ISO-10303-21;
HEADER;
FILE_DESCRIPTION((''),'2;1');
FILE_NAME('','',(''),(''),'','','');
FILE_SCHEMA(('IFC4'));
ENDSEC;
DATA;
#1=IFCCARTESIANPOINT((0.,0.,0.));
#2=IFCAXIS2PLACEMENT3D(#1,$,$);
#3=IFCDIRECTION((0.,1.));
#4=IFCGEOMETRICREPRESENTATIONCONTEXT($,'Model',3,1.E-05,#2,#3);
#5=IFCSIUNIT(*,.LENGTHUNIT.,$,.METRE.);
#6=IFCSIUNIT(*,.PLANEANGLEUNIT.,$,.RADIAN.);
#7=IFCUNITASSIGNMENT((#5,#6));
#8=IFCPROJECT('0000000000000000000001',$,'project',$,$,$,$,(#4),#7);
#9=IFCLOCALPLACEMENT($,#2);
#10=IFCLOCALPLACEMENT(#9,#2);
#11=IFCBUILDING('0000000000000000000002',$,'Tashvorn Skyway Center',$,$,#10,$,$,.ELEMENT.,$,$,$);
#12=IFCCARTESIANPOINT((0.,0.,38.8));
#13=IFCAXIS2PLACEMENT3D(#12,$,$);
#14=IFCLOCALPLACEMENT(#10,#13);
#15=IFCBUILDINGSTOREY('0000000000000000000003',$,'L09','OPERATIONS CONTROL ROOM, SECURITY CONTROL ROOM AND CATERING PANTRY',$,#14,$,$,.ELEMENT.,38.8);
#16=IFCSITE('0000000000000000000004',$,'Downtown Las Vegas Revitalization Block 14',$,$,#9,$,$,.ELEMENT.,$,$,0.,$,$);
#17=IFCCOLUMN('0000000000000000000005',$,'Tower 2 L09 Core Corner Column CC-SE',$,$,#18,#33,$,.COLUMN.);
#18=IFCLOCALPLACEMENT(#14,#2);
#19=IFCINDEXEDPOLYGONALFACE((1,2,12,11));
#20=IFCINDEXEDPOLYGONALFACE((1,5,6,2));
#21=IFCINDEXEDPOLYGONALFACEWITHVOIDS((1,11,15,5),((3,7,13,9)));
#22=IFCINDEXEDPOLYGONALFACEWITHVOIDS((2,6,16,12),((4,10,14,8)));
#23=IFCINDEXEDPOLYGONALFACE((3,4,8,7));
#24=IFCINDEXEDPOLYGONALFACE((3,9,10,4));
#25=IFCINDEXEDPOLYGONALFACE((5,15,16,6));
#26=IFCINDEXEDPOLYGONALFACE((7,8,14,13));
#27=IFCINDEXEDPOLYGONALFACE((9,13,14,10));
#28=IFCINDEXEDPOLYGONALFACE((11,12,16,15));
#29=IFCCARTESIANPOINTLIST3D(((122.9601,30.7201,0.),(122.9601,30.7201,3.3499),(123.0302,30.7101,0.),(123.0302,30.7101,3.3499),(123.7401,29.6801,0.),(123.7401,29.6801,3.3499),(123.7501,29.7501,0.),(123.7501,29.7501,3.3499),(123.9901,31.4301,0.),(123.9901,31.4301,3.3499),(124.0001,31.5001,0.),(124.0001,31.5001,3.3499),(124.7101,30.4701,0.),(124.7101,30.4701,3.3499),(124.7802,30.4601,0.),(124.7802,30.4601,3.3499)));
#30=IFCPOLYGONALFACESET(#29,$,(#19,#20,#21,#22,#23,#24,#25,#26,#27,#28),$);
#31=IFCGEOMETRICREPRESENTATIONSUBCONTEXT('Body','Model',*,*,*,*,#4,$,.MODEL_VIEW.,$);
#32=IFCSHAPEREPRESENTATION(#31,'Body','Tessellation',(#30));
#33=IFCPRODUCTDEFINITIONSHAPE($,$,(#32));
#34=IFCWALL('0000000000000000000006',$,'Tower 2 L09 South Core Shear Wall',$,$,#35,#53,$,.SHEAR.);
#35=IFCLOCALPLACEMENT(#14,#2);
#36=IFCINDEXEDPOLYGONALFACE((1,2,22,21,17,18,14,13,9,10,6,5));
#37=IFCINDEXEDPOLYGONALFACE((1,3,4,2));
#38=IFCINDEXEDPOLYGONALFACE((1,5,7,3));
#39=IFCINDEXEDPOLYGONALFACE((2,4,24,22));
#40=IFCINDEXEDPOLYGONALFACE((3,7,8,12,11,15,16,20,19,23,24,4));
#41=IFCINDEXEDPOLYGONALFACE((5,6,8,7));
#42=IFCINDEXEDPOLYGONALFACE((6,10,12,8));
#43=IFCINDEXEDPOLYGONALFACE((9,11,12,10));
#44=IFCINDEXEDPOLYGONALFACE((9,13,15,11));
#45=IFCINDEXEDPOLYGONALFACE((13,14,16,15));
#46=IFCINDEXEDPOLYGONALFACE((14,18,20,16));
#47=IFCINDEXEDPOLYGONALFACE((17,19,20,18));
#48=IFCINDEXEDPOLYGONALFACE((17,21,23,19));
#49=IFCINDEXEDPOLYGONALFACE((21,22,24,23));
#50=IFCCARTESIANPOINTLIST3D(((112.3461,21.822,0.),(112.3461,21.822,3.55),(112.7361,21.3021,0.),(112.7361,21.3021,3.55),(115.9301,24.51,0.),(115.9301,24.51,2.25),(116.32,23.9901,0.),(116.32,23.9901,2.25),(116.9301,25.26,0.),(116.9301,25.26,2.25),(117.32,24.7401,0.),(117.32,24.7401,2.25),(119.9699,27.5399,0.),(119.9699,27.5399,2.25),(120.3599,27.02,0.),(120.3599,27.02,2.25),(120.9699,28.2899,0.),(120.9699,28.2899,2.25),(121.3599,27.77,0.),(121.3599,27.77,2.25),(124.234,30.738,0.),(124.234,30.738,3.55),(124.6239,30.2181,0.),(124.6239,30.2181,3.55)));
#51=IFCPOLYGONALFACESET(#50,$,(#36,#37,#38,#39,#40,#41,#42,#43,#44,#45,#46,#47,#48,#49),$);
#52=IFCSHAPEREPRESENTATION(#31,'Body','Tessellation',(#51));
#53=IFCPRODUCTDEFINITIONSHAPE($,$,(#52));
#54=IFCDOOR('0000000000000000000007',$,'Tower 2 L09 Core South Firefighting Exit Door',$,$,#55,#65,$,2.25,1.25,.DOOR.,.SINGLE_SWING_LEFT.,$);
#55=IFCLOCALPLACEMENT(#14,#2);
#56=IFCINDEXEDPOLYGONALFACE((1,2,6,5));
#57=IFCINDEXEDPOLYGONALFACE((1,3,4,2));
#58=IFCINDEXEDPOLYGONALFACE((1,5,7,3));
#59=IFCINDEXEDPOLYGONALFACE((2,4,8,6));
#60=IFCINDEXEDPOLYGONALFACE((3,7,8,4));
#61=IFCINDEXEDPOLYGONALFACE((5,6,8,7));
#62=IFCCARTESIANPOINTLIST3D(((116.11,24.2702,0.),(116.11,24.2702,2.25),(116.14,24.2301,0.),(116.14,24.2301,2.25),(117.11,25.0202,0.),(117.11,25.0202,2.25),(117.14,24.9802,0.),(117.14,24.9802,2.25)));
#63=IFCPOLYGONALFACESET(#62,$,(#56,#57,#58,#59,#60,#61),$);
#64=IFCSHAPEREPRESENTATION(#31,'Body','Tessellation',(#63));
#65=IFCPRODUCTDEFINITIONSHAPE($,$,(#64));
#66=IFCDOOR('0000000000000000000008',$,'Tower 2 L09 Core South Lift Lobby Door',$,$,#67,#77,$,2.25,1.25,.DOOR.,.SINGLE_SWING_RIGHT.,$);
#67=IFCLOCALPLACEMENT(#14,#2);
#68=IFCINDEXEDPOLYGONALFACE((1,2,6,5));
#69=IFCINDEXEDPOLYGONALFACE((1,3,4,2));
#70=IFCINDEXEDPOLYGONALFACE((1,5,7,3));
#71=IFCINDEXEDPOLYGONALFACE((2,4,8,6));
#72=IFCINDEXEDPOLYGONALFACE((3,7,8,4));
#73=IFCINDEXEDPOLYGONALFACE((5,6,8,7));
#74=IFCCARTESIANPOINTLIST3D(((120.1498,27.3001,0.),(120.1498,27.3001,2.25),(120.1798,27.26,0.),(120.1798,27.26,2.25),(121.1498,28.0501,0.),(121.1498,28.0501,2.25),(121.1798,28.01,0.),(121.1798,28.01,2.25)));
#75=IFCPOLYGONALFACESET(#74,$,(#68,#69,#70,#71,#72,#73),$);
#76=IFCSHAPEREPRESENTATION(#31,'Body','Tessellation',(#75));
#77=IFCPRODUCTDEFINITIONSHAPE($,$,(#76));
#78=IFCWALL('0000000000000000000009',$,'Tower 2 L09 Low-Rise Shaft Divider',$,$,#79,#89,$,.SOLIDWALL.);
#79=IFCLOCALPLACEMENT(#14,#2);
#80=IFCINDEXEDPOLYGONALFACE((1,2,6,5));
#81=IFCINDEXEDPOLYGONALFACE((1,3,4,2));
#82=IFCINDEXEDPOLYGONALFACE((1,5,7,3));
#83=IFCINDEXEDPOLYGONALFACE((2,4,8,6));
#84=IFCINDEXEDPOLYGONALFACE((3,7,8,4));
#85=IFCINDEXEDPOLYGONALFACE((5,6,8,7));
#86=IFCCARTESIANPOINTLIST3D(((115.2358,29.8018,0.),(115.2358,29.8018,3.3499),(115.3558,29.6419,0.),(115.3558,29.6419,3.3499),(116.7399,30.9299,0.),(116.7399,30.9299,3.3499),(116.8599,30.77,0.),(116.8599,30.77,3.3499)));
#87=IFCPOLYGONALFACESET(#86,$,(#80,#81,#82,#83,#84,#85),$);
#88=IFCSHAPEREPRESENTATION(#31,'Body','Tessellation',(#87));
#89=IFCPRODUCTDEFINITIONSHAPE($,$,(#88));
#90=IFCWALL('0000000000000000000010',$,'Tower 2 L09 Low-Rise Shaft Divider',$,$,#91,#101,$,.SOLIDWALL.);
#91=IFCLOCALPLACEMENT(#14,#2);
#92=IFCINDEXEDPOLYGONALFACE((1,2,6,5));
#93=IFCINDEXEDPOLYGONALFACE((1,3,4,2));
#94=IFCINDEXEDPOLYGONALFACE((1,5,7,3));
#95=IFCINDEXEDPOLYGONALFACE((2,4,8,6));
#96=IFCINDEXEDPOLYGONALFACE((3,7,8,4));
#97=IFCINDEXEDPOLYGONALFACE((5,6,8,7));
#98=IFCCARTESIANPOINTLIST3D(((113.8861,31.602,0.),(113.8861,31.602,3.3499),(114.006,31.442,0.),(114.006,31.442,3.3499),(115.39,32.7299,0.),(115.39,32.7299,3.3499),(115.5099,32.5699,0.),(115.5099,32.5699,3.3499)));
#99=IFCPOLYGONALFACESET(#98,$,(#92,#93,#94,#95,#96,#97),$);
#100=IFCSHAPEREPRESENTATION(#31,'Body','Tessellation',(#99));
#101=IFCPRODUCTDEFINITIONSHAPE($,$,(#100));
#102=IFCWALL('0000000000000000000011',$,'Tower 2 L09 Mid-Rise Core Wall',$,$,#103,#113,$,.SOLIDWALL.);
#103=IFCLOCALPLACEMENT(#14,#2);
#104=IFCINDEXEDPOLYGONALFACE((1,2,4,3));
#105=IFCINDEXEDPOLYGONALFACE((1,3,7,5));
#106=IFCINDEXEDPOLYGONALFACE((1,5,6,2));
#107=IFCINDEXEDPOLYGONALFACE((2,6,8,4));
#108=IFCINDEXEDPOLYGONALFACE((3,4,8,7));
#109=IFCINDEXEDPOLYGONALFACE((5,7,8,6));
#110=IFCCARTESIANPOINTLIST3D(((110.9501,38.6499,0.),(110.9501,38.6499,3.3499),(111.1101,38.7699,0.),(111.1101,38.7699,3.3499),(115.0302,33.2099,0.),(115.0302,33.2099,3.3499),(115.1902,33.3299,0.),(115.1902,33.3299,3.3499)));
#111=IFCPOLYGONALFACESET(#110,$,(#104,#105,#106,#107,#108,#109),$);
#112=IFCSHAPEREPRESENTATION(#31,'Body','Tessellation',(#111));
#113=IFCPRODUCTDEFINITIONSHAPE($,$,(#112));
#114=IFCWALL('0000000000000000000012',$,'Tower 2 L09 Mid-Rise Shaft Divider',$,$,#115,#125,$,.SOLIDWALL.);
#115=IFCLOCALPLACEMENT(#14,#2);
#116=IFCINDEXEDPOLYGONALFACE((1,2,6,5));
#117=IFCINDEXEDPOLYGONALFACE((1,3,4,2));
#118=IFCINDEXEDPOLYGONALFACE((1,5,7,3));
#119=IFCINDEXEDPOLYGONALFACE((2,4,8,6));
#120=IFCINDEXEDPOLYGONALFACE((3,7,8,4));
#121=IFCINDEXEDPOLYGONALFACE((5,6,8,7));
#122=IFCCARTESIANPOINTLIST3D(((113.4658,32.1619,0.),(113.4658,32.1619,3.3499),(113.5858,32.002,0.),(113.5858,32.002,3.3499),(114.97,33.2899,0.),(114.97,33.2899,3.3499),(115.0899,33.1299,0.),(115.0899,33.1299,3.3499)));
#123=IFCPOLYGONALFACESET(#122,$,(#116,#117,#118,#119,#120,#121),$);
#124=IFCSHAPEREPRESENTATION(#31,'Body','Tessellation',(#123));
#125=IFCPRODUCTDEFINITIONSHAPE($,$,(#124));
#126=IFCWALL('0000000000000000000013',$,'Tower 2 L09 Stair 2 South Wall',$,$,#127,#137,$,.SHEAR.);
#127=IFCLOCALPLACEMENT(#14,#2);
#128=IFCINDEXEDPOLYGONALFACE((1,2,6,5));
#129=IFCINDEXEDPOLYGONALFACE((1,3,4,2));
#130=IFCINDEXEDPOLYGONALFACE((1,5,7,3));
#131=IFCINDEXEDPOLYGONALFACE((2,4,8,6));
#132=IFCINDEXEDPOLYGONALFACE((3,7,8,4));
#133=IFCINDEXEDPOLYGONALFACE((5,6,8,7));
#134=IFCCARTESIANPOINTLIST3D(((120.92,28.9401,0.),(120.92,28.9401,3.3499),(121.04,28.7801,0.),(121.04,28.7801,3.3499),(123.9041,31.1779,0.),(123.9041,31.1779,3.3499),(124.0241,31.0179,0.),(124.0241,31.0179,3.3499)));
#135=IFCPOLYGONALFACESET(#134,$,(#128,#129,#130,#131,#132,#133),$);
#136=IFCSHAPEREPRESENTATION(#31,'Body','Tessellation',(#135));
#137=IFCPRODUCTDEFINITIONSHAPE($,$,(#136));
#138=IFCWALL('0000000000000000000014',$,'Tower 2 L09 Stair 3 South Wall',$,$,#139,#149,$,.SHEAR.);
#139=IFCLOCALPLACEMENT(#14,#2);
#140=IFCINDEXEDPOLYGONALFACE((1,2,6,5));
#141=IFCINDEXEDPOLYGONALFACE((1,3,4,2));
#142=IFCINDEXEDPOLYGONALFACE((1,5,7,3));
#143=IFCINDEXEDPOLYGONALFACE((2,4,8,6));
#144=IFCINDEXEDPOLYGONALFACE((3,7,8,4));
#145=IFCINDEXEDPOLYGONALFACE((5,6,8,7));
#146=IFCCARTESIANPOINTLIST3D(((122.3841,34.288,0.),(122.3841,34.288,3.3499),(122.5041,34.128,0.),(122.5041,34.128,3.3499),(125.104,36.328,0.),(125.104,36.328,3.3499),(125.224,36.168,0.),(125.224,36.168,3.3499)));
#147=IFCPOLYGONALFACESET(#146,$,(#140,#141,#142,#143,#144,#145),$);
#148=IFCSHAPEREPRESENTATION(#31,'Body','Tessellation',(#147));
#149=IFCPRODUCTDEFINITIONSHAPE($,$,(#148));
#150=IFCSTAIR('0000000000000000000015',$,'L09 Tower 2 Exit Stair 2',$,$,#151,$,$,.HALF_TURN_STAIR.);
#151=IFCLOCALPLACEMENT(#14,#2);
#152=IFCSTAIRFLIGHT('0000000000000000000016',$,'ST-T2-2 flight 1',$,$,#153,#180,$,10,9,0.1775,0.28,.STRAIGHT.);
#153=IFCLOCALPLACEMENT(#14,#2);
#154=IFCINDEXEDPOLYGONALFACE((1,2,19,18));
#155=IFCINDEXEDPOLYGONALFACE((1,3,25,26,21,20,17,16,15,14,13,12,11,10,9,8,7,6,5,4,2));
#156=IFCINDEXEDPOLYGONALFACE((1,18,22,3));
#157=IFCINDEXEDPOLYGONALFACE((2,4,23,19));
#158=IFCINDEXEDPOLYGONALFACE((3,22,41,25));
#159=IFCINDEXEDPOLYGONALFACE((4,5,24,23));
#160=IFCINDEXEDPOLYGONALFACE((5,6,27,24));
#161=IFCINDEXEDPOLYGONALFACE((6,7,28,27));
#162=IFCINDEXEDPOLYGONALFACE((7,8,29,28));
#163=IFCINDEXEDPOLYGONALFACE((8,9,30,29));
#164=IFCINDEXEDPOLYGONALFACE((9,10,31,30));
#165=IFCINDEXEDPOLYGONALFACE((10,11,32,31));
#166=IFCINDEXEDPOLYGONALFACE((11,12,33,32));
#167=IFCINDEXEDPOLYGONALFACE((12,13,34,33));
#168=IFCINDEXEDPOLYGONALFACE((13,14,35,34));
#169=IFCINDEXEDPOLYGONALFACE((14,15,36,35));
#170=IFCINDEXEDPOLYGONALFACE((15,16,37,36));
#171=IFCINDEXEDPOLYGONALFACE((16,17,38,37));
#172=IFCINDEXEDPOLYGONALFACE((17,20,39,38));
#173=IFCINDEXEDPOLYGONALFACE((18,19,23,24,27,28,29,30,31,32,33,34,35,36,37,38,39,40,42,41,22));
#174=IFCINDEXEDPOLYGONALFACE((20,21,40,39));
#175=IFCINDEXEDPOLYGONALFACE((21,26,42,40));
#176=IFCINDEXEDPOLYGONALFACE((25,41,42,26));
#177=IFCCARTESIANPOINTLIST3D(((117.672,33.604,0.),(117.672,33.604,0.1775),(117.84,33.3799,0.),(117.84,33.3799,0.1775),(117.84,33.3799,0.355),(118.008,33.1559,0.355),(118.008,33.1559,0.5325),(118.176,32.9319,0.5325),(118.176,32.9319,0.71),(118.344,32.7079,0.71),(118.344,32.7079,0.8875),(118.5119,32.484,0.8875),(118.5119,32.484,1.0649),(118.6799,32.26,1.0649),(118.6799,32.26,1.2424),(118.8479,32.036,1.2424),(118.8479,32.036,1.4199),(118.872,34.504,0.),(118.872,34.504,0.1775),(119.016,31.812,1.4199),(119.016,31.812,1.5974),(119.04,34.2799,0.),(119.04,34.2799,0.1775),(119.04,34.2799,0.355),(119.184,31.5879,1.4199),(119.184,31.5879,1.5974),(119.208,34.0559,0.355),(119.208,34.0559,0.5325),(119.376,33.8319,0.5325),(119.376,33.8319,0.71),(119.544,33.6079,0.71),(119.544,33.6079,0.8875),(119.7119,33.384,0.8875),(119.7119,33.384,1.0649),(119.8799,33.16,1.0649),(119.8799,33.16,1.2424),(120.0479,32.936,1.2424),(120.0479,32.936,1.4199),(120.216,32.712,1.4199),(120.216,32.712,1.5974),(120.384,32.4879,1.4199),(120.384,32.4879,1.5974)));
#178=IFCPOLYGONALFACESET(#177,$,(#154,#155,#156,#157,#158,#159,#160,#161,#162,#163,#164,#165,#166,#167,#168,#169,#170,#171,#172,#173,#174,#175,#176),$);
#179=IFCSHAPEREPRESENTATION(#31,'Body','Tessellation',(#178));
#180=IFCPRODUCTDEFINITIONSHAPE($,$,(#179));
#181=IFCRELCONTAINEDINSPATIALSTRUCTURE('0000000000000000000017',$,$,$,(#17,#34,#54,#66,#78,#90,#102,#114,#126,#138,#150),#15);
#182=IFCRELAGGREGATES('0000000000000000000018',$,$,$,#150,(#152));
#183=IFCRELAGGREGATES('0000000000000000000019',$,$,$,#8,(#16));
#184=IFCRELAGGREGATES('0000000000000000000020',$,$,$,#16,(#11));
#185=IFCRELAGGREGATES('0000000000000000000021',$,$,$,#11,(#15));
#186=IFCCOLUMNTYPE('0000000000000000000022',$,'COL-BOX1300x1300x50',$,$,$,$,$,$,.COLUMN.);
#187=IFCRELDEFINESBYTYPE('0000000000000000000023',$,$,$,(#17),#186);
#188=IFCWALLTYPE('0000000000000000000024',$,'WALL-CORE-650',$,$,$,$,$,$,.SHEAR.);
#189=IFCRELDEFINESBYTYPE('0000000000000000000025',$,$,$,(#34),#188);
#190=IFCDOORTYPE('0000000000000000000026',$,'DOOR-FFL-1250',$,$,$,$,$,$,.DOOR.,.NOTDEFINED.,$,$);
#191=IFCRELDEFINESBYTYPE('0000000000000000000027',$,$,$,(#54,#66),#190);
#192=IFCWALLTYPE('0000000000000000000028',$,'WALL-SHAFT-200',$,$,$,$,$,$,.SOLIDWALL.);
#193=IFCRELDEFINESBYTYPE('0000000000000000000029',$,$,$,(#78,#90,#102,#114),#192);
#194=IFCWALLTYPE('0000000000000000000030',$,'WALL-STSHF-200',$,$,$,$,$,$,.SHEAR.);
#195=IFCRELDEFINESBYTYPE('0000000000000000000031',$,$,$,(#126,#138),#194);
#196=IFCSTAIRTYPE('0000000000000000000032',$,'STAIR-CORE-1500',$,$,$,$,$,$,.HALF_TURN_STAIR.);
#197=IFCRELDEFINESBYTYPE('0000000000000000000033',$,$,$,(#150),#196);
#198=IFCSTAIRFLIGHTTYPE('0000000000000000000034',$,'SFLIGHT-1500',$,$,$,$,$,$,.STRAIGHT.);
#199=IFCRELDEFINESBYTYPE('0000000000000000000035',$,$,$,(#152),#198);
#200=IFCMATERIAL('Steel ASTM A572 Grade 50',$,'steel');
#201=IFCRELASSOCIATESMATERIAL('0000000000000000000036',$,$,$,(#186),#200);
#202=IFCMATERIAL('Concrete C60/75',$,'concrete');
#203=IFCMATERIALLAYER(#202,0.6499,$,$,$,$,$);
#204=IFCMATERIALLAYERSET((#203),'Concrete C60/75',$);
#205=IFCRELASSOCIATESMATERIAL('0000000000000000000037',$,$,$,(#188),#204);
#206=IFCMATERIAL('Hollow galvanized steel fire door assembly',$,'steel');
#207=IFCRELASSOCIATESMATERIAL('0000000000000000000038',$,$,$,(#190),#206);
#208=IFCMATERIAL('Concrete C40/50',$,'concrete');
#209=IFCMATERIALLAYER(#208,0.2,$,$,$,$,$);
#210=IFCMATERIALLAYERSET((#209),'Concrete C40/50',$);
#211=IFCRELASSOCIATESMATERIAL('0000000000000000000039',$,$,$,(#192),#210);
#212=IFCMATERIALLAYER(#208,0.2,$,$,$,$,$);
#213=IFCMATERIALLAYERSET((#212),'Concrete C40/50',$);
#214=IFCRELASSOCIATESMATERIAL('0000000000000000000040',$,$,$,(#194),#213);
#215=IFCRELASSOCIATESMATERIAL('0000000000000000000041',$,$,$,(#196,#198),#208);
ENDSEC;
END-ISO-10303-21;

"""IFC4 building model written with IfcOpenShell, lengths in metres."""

from ifc_helpers import new_model, si_unit, direction, frame, frame_2d, origin, origin_2d, place, context, subcontext, project, spatial, polyline, rectangle, hollow_rectangle, outline, extrude, material, layer, layer_set, material_profile, profile_set, type_object, element, fill, aggregate, save


model = new_model("IFC4")

# Units and contexts
model_context = context("Model", 3, precision=1e-05, world=origin(), true_north=direction((0.0, 1.0)))
body_context = subcontext(model_context, "Body", "Model", "MODEL_VIEW")
ifc_project = project(units=[si_unit("LENGTHUNIT", "METRE"), si_unit("PLANEANGLEUNIT", "RADIAN")], contexts=[model_context])

# Site, building, storey
site_placement = place(None, origin())
site = spatial("IfcSite", under=ifc_project, at=site_placement, Name="Downtown Las Vegas Revitalization Block 14", CompositionType="ELEMENT", RefElevation=0.0)
building_placement = place(site_placement, origin())
building = spatial("IfcBuilding", under=site, at=building_placement, Name="Tashvorn Skyway Center", CompositionType="ELEMENT")
storey_placement = place(building_placement, frame((0.0, 0.0, 38.8)))
storey = spatial("IfcBuildingStorey", under=building, at=storey_placement, Name="L09", Description="OPERATIONS CONTROL ROOM, SECURITY CONTROL ROOM AND CATERING PANTRY", CompositionType="ELEMENT", Elevation=38.8)

# Column
ifc_material_1 = material(Name="Steel ASTM A572 Grade 50", Category="steel")
ifc_material_profile = material_profile(ifc_material_1, hollow_rectangle(XDim=1.3, YDim=1.3, WallThickness=0.05, at=origin_2d()), Name="BOX1300x1300x50")
ifc_profile_set = profile_set([ifc_material_profile], Name="Steel ASTM A572 Grade 50")
column_type = type_object("IfcColumnType", Name="COL-BOX1300x1300x50", PredefinedType="COLUMN", material=ifc_profile_set)
column_placement = place(storey_placement, frame((123.8701, 30.5901, 0.0), z_axis=(0.0, 0.0, 1.0), x_axis=(0.8, 0.6, 0.0)))
element("IfcColumn", 1, at=column_placement, inside=storey, type_object=column_type, Name="Tower 2 L09 Core Corner Column CC-SE", PredefinedType="COLUMN", context=body_context, shape_type="SweptSolid", body=[
    extrude(hollow_rectangle(XDim=1.3, YDim=1.3, WallThickness=0.05, at=origin_2d()), origin(), (0.0, 0.0, 1.0), 3.3499),
])

# Wall, openings, doors
ifc_material_2 = material(Name="Concrete C60/75", Category="concrete")
ifc_layer_1 = layer(ifc_material_2, 0.6499)
ifc_layer_set_1 = layer_set([ifc_layer_1], Name="Concrete C60/75")
wall_type_1 = type_object("IfcWallType", Name="WALL-CORE-650", PredefinedType="SHEAR", material=ifc_layer_set_1)
wall_1_placement = place(storey_placement, frame((124.429, 30.478, 0.0), z_axis=(0.0, 0.0, 1.0), x_axis=(-0.799998, -0.600003, 0.0)))
wall_1 = element("IfcWall", 2, at=wall_1_placement, inside=storey, type_object=wall_type_1, Name="Tower 2 L09 South Core Shear Wall", PredefinedType="SHEAR", context=body_context, shape_type="SweptSolid", body=[
    extrude(rectangle(XDim=14.8599, YDim=0.6499, at=frame_2d((7.4299, 0.0))), origin(), (0.0, 0.0, 1.0), 3.55),
])
opening_1_placement = place(wall_1_placement, frame((9.1299, 0.0, 0.0)))
opening_1 = element("IfcOpeningElement", 3, at=opening_1_placement, cuts=wall_1, PredefinedType="OPENING", context=body_context, shape_type="SweptSolid", body=[
    extrude(rectangle(XDim=1.25, YDim=2.25, at=frame_2d((0.625, 1.125))), frame((0.0, 0.335, 0.0), z_axis=(0.0, -1.0, 0.0), x_axis=(1.0, 0.0, 0.0)), (0.0, 0.0, 1.0), 0.6699),
])
opening_2_placement = place(wall_1_placement, frame((4.0801, 0.0, 0.0)))
opening_2 = element("IfcOpeningElement", 4, at=opening_2_placement, cuts=wall_1, PredefinedType="OPENING", context=body_context, shape_type="SweptSolid", body=[
    extrude(rectangle(XDim=1.25, YDim=2.25, at=frame_2d((0.625, 1.125))), frame((0.0, 0.335, 0.0), z_axis=(0.0, -1.0, 0.0), x_axis=(1.0, 0.0, 0.0)), (0.0, 0.0, 1.0), 0.6699),
])
ifc_material_3 = material(Name="Hollow galvanized steel fire door assembly", Category="steel")
door_type = type_object("IfcDoorType", Name="DOOR-FFL-1250", OperationType="NOTDEFINED", PredefinedType="DOOR", material=ifc_material_3)
door_1_placement = place(opening_1_placement, origin())
door_1 = element("IfcDoor", 5, at=door_1_placement, inside=storey, type_object=door_type, Name="Tower 2 L09 Core South Firefighting Exit Door", OperationType="SINGLE_SWING_LEFT", OverallHeight=2.25, OverallWidth=1.25, PredefinedType="DOOR", context=body_context, shape_type="SweptSolid", body=[
    extrude(rectangle(XDim=1.25, YDim=2.25, at=frame_2d((0.625, 1.125))), frame((0.0, 0.0249, 0.0), z_axis=(0.0, -1.0, 0.0), x_axis=(1.0, 0.0, 0.0)), (0.0, 0.0, 1.0), 0.05),
])
fill(opening_1, door_1)
door_2_placement = place(opening_2_placement, origin())
door_2 = element("IfcDoor", 6, at=door_2_placement, inside=storey, type_object=door_type, Name="Tower 2 L09 Core South Lift Lobby Door", OperationType="SINGLE_SWING_RIGHT", OverallHeight=2.25, OverallWidth=1.25, PredefinedType="DOOR", context=body_context, shape_type="SweptSolid", body=[
    extrude(rectangle(XDim=1.25, YDim=2.25, at=frame_2d((0.625, 1.125))), frame((0.0, 0.0249, 0.0), z_axis=(0.0, -1.0, 0.0), x_axis=(1.0, 0.0, 0.0)), (0.0, 0.0, 1.0), 0.05),
])
fill(opening_2, door_2)

# Walls
ifc_material_4 = material(Name="Concrete C40/50", Category="concrete")
ifc_layer_2 = layer(ifc_material_4, 0.2)
ifc_layer_set_2 = layer_set([ifc_layer_2], Name="Concrete C40/50")
wall_type_2 = type_object("IfcWallType", Name="WALL-SHAFT-200", PredefinedType="SOLIDWALL", material=ifc_layer_set_2)
wall_2_placement = place(storey_placement, frame((115.2959, 29.7219, 0.0), z_axis=(0.0, 0.0, 1.0), x_axis=(0.799984, 0.600021, 0.0)))
element("IfcWall", 7, at=wall_2_placement, inside=storey, type_object=wall_type_2, Name="Tower 2 L09 Low-Rise Shaft Divider", PredefinedType="SOLIDWALL", context=body_context, shape_type="SweptSolid", body=[
    extrude(rectangle(XDim=1.8801, YDim=0.2, at=frame_2d((0.9399, 0.0))), origin(), (0.0, 0.0, 1.0), 3.3499),
])
wall_3_placement = place(storey_placement, frame((113.946, 31.522, 0.0), z_axis=(0.0, 0.0, 1.0), x_axis=(0.8, 0.6, 0.0)))
element("IfcWall", 8, at=wall_3_placement, inside=storey, type_object=wall_type_2, Name="Tower 2 L09 Low-Rise Shaft Divider", PredefinedType="SOLIDWALL", context=body_context, shape_type="SweptSolid", body=[
    extrude(rectangle(XDim=1.8799, YDim=0.2, at=frame_2d((0.9399, 0.0))), origin(), (0.0, 0.0, 1.0), 3.3499),
])
wall_4_placement = place(storey_placement, frame((115.1101, 33.27, 0.0), z_axis=(0.0, 0.0, 1.0), x_axis=(-0.600011, 0.799991, 0.0)))
element("IfcWall", 9, at=wall_4_placement, inside=storey, type_object=wall_type_2, Name="Tower 2 L09 Mid-Rise Core Wall", PredefinedType="SOLIDWALL", context=body_context, shape_type="SweptSolid", body=[
    extrude(rectangle(XDim=6.8, YDim=0.2, at=frame_2d((3.3999, 0.0))), origin(), (0.0, 0.0, 1.0), 3.3499),
])
wall_5_placement = place(storey_placement, frame((113.5259, 32.082, 0.0), z_axis=(0.0, 0.0, 1.0), x_axis=(0.800047, 0.599938, 0.0)))
element("IfcWall", 10, at=wall_5_placement, inside=storey, type_object=wall_type_2, Name="Tower 2 L09 Mid-Rise Shaft Divider", PredefinedType="SOLIDWALL", context=body_context, shape_type="SweptSolid", body=[
    extrude(rectangle(XDim=1.8801, YDim=0.2, at=frame_2d((0.9399, 0.0))), origin(), (0.0, 0.0, 1.0), 3.3499),
])
ifc_layer_3 = layer(ifc_material_4, 0.2)
ifc_layer_set_3 = layer_set([ifc_layer_3], Name="Concrete C40/50")
wall_type_3 = type_object("IfcWallType", Name="WALL-STSHF-200", PredefinedType="SHEAR", material=ifc_layer_set_3)
wall_6_placement = place(storey_placement, frame((120.98, 28.8601, 0.0), z_axis=(0.0, 0.0, 1.0), x_axis=(0.800039, 0.599948, 0.0)))
element("IfcWall", 11, at=wall_6_placement, inside=storey, type_object=wall_type_3, Name="Tower 2 L09 Stair 2 South Wall", PredefinedType="SHEAR", context=body_context, shape_type="SweptSolid", body=[
    extrude(rectangle(XDim=3.73, YDim=0.2, at=frame_2d((1.865, 0.0))), origin(), (0.0, 0.0, 1.0), 3.3499),
])
wall_7_placement = place(storey_placement, frame((122.4441, 34.208, 0.0), z_axis=(0.0, 0.0, 1.0), x_axis=(0.799991, 0.600011, 0.0)))
element("IfcWall", 12, at=wall_7_placement, inside=storey, type_object=wall_type_3, Name="Tower 2 L09 Stair 3 South Wall", PredefinedType="SHEAR", context=body_context, shape_type="SweptSolid", body=[
    extrude(rectangle(XDim=3.3999, YDim=0.2, at=frame_2d((1.7, 0.0))), origin(), (0.0, 0.0, 1.0), 3.3499),
])

# Stair, stair flight
stair_type = type_object("IfcStairType", Name="STAIR-CORE-1500", PredefinedType="HALF_TURN_STAIR", material=ifc_material_4)
stair_placement = place(storey_placement, origin())
stair = element("IfcStair", 13, at=stair_placement, inside=storey, type_object=stair_type, Name="L09 Tower 2 Exit Stair 2", PredefinedType="HALF_TURN_STAIR")
stair_flight_type = type_object("IfcStairFlightType", Name="SFLIGHT-1500", PredefinedType="STRAIGHT", material=ifc_material_4)
stair_flight_1_placement = place(storey_placement, frame((118.272, 34.054, 0.0), z_axis=(0.0, 0.0, 1.0), x_axis=(0.6, -0.8, 0.0)))
stair_flight_1 = element("IfcStairFlight", 14, at=stair_flight_1_placement, type_object=stair_flight_type, Name="ST-T2-2 flight 1", NumberOfRisers=10, NumberOfTreads=9, PredefinedType="STRAIGHT", RiserHeight=0.1775, TreadLength=0.28, context=body_context, shape_type="SweptSolid", body=[
    extrude(outline(polyline([(0.0, 0.0), (0.0, 0.1775), (0.28, 0.1775), (0.28, 0.355), (0.5601, 0.355), (0.5601, 0.5325), (0.8401, 0.5325), (0.8401, 0.71), (1.1201, 0.71), (1.1201, 0.8875), (1.3999, 0.8875), (1.3999, 1.0649), (1.6799, 1.0649), (1.6799, 1.2424), (1.96, 1.2424), (1.96, 1.4199), (2.24, 1.4199), (2.24, 1.5974), (2.52, 1.5974), (2.52, 1.7749), (2.52, 1.4199), (0.28, 0.0), (0.0, 0.0)])), frame((0.0, 0.75, 0.0), z_axis=(0.0, -1.0, 0.0), x_axis=(1.0, 0.0, 0.0)), (0.0, 0.0, 1.0), 1.5),
])
aggregate(stair, [stair_flight_1])

save(model, "model.ifc")
